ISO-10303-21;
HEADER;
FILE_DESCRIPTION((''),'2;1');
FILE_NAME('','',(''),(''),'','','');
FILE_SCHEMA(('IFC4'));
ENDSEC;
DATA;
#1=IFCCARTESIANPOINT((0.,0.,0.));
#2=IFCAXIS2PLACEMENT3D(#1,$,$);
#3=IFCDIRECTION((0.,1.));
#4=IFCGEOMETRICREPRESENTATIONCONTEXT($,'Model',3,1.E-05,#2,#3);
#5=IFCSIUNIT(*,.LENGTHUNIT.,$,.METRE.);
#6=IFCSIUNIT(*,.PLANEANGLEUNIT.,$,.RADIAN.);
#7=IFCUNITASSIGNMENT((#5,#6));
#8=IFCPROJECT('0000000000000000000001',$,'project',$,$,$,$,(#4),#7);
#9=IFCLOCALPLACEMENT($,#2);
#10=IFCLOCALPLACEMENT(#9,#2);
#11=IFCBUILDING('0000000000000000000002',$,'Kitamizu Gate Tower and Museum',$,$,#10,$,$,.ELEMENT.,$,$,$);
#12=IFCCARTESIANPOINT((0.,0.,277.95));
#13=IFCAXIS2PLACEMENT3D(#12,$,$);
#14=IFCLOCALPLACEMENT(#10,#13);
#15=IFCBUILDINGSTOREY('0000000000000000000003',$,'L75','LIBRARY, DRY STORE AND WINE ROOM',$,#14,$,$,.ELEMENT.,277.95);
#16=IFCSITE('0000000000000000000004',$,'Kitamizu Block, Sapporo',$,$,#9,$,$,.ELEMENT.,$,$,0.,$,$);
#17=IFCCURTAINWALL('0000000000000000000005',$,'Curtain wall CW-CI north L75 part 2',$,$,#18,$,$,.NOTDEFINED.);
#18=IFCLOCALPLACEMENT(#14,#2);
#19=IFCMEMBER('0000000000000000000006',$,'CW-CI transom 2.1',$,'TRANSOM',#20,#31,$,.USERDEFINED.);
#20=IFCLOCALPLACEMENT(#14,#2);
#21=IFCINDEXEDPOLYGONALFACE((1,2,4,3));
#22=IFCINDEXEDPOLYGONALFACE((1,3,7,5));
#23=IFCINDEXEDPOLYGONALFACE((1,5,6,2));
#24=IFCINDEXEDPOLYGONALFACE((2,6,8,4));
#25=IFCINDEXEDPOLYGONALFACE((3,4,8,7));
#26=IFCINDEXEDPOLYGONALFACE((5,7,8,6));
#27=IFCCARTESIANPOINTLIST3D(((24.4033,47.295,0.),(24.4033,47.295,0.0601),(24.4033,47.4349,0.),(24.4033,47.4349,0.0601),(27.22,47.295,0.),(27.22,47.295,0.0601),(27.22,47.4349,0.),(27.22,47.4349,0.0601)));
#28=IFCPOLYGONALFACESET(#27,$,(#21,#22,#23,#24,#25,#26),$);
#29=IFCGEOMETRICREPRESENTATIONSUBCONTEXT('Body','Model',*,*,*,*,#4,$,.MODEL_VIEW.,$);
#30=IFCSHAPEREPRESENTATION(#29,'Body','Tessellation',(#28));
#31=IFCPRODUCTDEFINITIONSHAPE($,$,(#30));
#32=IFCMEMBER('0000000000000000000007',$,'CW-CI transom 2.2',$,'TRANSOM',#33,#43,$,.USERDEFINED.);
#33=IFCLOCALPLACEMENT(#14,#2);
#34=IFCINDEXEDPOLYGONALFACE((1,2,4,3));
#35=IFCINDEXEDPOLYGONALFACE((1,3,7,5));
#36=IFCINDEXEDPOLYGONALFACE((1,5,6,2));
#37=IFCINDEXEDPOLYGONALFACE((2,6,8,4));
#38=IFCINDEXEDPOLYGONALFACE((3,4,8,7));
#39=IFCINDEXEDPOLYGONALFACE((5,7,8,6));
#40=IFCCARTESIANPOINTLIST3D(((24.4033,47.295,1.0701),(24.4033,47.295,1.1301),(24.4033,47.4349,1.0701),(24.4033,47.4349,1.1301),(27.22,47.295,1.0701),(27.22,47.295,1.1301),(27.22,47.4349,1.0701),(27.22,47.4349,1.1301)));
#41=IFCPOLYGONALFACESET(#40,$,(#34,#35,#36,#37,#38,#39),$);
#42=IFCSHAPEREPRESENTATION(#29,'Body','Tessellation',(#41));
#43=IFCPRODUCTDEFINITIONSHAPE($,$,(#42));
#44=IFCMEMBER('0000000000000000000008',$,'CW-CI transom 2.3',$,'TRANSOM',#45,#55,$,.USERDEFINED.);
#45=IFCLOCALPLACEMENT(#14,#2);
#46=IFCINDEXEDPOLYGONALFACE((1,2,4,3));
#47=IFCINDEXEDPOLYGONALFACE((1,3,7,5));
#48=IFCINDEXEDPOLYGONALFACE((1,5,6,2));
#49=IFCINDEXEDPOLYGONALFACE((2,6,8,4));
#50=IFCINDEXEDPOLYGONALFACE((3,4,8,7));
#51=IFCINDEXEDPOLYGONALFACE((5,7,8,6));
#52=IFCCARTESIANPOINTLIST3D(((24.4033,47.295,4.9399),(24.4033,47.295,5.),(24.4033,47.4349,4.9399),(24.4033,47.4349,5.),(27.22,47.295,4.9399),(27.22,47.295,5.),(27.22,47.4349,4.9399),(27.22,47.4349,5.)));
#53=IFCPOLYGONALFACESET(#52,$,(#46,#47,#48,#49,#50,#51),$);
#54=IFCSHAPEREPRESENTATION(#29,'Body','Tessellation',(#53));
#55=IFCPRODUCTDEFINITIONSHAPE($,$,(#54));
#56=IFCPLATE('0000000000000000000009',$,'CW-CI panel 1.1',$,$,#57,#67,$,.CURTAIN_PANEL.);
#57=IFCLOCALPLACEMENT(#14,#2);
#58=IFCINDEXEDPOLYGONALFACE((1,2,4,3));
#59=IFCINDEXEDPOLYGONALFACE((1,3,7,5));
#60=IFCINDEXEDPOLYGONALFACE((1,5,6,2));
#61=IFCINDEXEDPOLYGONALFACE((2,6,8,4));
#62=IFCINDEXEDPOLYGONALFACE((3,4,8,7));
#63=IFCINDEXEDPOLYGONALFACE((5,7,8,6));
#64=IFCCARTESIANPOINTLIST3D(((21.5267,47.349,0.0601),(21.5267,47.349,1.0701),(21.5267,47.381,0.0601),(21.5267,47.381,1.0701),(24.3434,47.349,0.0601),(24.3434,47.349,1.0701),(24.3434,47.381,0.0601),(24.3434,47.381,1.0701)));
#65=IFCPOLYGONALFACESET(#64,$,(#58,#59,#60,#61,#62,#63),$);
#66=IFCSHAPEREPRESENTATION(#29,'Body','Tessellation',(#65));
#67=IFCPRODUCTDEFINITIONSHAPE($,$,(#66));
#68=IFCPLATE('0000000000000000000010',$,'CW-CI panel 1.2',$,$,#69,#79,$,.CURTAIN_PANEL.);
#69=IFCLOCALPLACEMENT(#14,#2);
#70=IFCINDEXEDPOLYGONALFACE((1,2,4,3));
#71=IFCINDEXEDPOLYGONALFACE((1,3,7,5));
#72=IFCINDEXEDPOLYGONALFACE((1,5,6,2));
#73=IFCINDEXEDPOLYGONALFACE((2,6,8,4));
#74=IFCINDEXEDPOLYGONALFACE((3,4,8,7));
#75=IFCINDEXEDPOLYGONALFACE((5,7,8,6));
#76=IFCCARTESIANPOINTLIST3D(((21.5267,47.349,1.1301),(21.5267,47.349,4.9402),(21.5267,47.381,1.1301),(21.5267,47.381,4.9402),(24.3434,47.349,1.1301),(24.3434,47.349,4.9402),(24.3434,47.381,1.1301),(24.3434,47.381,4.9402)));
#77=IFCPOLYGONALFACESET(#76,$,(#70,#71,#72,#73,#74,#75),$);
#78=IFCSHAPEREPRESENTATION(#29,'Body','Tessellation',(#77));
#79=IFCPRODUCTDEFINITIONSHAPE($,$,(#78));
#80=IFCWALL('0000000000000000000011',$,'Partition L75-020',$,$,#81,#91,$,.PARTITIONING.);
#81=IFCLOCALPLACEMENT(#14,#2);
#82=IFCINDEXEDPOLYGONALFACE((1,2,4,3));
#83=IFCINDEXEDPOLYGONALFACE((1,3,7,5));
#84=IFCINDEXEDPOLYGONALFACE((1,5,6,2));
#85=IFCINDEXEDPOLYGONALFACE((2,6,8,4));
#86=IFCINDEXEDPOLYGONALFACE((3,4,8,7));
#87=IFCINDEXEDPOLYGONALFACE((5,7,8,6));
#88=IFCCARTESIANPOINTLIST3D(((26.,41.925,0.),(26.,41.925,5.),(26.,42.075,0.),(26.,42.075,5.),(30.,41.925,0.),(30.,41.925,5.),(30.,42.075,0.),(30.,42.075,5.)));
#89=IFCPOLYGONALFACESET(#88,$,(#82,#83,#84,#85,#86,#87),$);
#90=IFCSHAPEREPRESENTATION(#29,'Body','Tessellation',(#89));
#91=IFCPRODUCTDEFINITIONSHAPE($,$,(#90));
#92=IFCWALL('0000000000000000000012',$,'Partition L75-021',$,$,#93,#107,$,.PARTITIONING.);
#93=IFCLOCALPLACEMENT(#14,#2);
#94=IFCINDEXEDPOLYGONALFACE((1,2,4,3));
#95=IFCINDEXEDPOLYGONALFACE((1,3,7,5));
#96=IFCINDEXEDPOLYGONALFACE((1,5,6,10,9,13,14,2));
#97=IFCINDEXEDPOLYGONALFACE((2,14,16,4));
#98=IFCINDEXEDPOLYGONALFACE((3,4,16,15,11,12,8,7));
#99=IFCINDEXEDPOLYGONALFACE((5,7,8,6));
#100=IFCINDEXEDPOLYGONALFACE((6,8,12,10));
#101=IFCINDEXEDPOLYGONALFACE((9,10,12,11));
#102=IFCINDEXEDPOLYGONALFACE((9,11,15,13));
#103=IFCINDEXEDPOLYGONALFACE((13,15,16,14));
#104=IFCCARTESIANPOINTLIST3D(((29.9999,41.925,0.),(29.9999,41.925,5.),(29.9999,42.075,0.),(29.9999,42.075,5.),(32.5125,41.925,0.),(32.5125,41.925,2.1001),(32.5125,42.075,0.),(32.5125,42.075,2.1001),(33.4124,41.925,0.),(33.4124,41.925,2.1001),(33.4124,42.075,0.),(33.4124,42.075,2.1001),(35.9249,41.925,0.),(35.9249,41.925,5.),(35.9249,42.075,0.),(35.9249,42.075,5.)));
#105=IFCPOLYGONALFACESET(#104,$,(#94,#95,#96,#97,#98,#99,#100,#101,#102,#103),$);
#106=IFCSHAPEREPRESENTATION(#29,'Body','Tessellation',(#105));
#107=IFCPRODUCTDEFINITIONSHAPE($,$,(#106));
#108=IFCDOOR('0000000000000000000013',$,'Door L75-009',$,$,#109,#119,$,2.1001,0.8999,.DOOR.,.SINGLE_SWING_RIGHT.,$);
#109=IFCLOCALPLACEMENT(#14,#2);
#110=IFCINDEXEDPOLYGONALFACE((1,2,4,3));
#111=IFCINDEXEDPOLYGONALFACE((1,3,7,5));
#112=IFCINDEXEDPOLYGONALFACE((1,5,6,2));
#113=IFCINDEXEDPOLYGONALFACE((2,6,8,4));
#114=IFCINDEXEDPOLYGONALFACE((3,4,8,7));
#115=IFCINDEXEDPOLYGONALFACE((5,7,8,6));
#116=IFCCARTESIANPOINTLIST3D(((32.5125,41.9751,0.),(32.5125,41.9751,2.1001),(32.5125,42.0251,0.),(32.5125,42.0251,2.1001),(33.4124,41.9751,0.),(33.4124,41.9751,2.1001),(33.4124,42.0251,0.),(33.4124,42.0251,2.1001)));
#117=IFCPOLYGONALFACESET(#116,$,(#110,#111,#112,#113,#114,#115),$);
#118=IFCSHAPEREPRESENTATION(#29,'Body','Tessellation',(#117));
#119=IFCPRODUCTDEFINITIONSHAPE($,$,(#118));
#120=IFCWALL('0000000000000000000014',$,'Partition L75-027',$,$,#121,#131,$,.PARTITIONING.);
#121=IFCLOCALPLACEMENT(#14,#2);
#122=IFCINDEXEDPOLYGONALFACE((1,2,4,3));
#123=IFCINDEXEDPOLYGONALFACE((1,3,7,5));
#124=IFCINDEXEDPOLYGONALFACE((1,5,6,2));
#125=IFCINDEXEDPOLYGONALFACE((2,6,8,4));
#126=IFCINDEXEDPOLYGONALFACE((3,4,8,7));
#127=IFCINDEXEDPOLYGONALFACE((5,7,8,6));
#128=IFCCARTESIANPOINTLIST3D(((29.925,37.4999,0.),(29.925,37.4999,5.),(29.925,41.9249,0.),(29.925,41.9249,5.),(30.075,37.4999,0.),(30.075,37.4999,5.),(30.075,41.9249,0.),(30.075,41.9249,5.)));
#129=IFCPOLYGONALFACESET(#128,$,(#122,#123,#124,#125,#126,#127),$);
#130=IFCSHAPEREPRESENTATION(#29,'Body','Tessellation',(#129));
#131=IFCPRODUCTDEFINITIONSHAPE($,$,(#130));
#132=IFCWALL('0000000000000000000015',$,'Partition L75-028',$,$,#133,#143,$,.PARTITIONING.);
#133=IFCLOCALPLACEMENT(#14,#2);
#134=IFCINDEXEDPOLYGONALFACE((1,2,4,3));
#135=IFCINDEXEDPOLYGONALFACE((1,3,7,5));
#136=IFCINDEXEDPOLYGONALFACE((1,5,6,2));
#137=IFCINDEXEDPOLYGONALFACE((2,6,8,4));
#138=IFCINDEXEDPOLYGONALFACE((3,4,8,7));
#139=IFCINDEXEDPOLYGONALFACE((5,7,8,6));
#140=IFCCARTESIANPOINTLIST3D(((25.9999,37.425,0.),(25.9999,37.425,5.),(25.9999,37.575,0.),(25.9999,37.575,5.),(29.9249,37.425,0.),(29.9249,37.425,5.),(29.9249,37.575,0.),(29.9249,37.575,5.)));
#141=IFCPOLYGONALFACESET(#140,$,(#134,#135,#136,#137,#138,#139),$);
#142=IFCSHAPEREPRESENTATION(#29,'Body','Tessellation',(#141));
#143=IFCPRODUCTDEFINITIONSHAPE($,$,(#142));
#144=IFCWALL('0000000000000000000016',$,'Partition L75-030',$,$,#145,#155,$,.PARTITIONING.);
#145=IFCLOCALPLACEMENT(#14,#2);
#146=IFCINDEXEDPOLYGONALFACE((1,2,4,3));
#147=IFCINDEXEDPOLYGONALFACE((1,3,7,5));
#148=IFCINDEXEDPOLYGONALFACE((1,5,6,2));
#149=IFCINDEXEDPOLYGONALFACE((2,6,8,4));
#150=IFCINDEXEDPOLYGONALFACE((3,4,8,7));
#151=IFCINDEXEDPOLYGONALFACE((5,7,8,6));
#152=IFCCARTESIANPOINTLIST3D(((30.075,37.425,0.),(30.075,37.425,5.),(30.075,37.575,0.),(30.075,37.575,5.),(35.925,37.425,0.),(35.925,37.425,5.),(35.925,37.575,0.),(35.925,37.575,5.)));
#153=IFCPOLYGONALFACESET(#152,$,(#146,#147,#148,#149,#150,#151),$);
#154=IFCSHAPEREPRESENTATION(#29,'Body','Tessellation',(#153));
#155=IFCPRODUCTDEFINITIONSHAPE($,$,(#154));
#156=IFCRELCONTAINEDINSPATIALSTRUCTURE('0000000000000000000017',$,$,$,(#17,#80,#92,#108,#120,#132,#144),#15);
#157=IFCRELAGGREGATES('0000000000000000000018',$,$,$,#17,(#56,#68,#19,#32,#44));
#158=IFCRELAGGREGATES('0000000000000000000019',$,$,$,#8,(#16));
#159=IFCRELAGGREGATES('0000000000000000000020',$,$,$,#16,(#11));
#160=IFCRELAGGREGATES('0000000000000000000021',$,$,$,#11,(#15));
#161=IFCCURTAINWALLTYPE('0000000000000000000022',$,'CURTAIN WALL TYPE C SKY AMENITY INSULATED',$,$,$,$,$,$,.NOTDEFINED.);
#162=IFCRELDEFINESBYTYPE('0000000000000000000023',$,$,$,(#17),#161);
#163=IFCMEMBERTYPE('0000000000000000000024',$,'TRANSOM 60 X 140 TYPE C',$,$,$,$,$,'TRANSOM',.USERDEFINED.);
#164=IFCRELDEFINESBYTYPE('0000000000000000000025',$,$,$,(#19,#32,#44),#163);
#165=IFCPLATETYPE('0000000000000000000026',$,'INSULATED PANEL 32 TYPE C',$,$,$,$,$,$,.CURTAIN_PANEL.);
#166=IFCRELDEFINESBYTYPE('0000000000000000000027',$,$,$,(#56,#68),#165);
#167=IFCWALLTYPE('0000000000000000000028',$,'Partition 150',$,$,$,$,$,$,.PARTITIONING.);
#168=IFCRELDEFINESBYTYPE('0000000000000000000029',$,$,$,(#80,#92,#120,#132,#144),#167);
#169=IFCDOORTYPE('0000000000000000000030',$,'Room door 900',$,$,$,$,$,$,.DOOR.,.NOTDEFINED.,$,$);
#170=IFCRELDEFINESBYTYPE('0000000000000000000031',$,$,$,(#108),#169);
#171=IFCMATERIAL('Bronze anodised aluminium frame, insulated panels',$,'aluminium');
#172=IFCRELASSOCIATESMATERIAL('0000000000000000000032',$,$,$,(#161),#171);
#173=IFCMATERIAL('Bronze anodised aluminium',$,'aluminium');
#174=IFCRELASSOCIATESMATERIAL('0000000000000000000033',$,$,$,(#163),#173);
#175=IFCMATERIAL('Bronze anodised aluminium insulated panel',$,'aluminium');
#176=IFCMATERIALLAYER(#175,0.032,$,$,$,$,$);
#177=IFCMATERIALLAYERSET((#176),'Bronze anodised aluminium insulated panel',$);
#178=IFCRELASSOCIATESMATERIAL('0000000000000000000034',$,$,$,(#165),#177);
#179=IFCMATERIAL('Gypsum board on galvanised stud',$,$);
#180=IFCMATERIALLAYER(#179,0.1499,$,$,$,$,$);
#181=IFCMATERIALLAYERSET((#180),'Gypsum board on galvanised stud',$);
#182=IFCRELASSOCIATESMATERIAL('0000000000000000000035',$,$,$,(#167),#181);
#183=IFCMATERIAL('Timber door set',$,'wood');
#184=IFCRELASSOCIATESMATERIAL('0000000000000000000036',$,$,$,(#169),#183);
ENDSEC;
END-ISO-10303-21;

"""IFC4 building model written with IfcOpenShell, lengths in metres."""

from ifc_helpers import new_model, si_unit, direction, frame, frame_2d, origin, origin_2d, place, context, subcontext, project, spatial, rectangle, extrude, material, layer, layer_set, material_profile, profile_set, type_object, element, fill, aggregate, save


model = new_model("IFC4")

# Units and contexts
model_context = context("Model", 3, precision=1e-05, world=origin(), true_north=direction((0.0, 1.0)))
body_context = subcontext(model_context, "Body", "Model", "MODEL_VIEW")
ifc_project = project(units=[si_unit("LENGTHUNIT", "METRE"), si_unit("PLANEANGLEUNIT", "RADIAN")], contexts=[model_context])

# Site, building, storey
site_placement = place(None, origin())
site = spatial("IfcSite", under=ifc_project, at=site_placement, Name="Kitamizu Block, Sapporo", CompositionType="ELEMENT", RefElevation=0.0)
building_placement = place(site_placement, origin())
building = spatial("IfcBuilding", under=site, at=building_placement, Name="Kitamizu Gate Tower and Museum", CompositionType="ELEMENT")
storey_placement = place(building_placement, frame((0.0, 0.0, 277.95)))
storey = spatial("IfcBuildingStorey", under=building, at=storey_placement, Name="L75", Description="LIBRARY, DRY STORE AND WINE ROOM", CompositionType="ELEMENT", Elevation=277.95)

# Curtain wall, members, plates
ifc_material_1 = material(Name="Bronze anodised aluminium frame, insulated panels", Category="aluminium")
curtain_wall_type = type_object("IfcCurtainWallType", Name="CURTAIN WALL TYPE C SKY AMENITY INSULATED", PredefinedType="NOTDEFINED", material=ifc_material_1)
curtain_wall_placement = place(storey_placement, origin())
curtain_wall = element("IfcCurtainWall", 1, at=curtain_wall_placement, inside=storey, type_object=curtain_wall_type, Name="Curtain wall CW-CI north L75 part 2", PredefinedType="NOTDEFINED")
ifc_material_2 = material(Name="Bronze anodised aluminium", Category="aluminium")
ifc_material_profile_1 = material_profile(ifc_material_2, rectangle(XDim=0.1399, YDim=0.0601, at=origin_2d()), Name="AL 60X140")
ifc_profile_set_1 = profile_set([ifc_material_profile_1], Name="Bronze anodised aluminium")
member_type_1 = type_object("IfcMemberType", Name="TRANSOM 60 X 140 TYPE C", ElementType="TRANSOM", PredefinedType="USERDEFINED", material=ifc_profile_set_1)
member_1_placement = place(storey_placement, frame((24.4033, 47.365, 0.03), z_axis=(1.0, 0.0, 0.0), x_axis=(0.0, 1.0, 0.0)))
member_1 = element("IfcMember", 2, at=member_1_placement, type_object=member_type_1, Name="CW-CI transom 2.1", ObjectType="TRANSOM", PredefinedType="USERDEFINED", context=body_context, shape_type="SweptSolid", body=[
    extrude(rectangle(XDim=0.1399, YDim=0.0601, at=origin_2d()), origin(), (0.0, 0.0, 1.0), 2.8167),
])
member_2_placement = place(storey_placement, frame((24.4033, 47.365, 1.1001), z_axis=(1.0, 0.0, 0.0), x_axis=(0.0, 1.0, 0.0)))
member_2 = element("IfcMember", 3, at=member_2_placement, type_object=member_type_1, Name="CW-CI transom 2.2", ObjectType="TRANSOM", PredefinedType="USERDEFINED", context=body_context, shape_type="SweptSolid", body=[
    extrude(rectangle(XDim=0.1399, YDim=0.0601, at=origin_2d()), origin(), (0.0, 0.0, 1.0), 2.8167),
])
member_3_placement = place(storey_placement, frame((24.4033, 47.365, 4.97), z_axis=(1.0, 0.0, 0.0), x_axis=(0.0, 1.0, 0.0)))
member_3 = element("IfcMember", 4, at=member_3_placement, type_object=member_type_1, Name="CW-CI transom 2.3", ObjectType="TRANSOM", PredefinedType="USERDEFINED", context=body_context, shape_type="SweptSolid", body=[
    extrude(rectangle(XDim=0.1399, YDim=0.0601, at=origin_2d()), origin(), (0.0, 0.0, 1.0), 2.8167),
])
ifc_material_3 = material(Name="Bronze anodised aluminium insulated panel", Category="aluminium")
ifc_layer_1 = layer(ifc_material_3, 0.032)
ifc_layer_set_1 = layer_set([ifc_layer_1], Name="Bronze anodised aluminium insulated panel")
plate_type = type_object("IfcPlateType", Name="INSULATED PANEL 32 TYPE C", PredefinedType="CURTAIN_PANEL", material=ifc_layer_set_1)
plate_1_placement = place(storey_placement, frame((22.9351, 47.365, 0.0601), z_axis=(0.0, 0.0, 1.0), x_axis=(1.0, 0.0, 0.0)))
plate_1 = element("IfcPlate", 5, at=plate_1_placement, type_object=plate_type, Name="CW-CI panel 1.1", PredefinedType="CURTAIN_PANEL", context=body_context, shape_type="SweptSolid", body=[
    extrude(rectangle(XDim=2.8167, YDim=0.032, at=origin_2d()), origin(), (0.0, 0.0, 1.0), 1.01),
])
plate_2_placement = place(storey_placement, frame((22.9351, 47.365, 1.1301), z_axis=(0.0, 0.0, 1.0), x_axis=(1.0, 0.0, 0.0)))
plate_2 = element("IfcPlate", 6, at=plate_2_placement, type_object=plate_type, Name="CW-CI panel 1.2", PredefinedType="CURTAIN_PANEL", context=body_context, shape_type="SweptSolid", body=[
    extrude(rectangle(XDim=2.8167, YDim=0.032, at=origin_2d()), origin(), (0.0, 0.0, 1.0), 3.8101),
])
aggregate(curtain_wall, [plate_1, plate_2, member_1, member_2, member_3])

# Wall
ifc_material_4 = material(Name="Gypsum board on galvanised stud")
ifc_layer_2 = layer(ifc_material_4, 0.1499)
ifc_layer_set_2 = layer_set([ifc_layer_2], Name="Gypsum board on galvanised stud")
wall_type_1 = type_object("IfcWallType", Name="Partition 150", PredefinedType="PARTITIONING", material=ifc_layer_set_2)
wall_1_placement = place(storey_placement, frame((26.0, 42.0, 0.0), z_axis=(0.0, 0.0, 1.0), x_axis=(1.0, 0.0, 0.0)))
element("IfcWall", 7, at=wall_1_placement, inside=storey, type_object=wall_type_1, Name="Partition L75-020", PredefinedType="PARTITIONING", context=body_context, shape_type="SweptSolid", body=[
    extrude(rectangle(XDim=4.0, YDim=0.1499, at=frame_2d((2.0, 0.0))), origin(), (0.0, 0.0, 1.0), 5.0),
])

# Wall, opening, door
wall_2_placement = place(storey_placement, frame((30.0, 42.0, 0.0), z_axis=(0.0, 0.0, 1.0), x_axis=(1.0, 0.0, 0.0)))
wall_2 = element("IfcWall", 8, at=wall_2_placement, inside=storey, type_object=wall_type_1, Name="Partition L75-021", PredefinedType="PARTITIONING", context=body_context, shape_type="SweptSolid", body=[
    extrude(rectangle(XDim=5.925, YDim=0.1499, at=frame_2d((2.9624, 0.0))), origin(), (0.0, 0.0, 1.0), 5.0),
])
opening_1_placement = place(wall_2_placement, frame((2.5125, 0.0, 0.0)))
opening_1 = element("IfcOpeningElement", 9, at=opening_1_placement, cuts=wall_2, PredefinedType="OPENING", context=body_context, shape_type="SweptSolid", body=[
    extrude(rectangle(XDim=0.8999, YDim=2.1001, at=frame_2d((0.45, 1.05))), frame((0.0, 0.085, 0.0), z_axis=(0.0, -1.0, 0.0), x_axis=(1.0, 0.0, 0.0)), (0.0, 0.0, 1.0), 0.1699),
])
ifc_material_5 = material(Name="Timber door set", Category="wood")
door_type_1 = type_object("IfcDoorType", Name="Room door 900", OperationType="NOTDEFINED", PredefinedType="DOOR", material=ifc_material_5)
door_1_placement = place(opening_1_placement, frame((0.8999, 0.0, 0.0), x_axis=(-1.0, 0.0, 0.0)))
door_1 = element("IfcDoor", 10, at=door_1_placement, inside=storey, type_object=door_type_1, Name="Door L75-009", OperationType="SINGLE_SWING_RIGHT", OverallHeight=2.1001, OverallWidth=0.8999, PredefinedType="DOOR", context=body_context, shape_type="SweptSolid", body=[
    extrude(rectangle(XDim=0.8999, YDim=2.1001, at=frame_2d((0.45, 1.05))), frame((0.0, 0.0249, 0.0), z_axis=(0.0, -1.0, 0.0), x_axis=(1.0, 0.0, 0.0)), (0.0, 0.0, 1.0), 0.05),
])
fill(opening_1, door_1)

# Walls
wall_3_placement = place(storey_placement, frame((30.0, 37.5, 0.0), z_axis=(0.0, 0.0, 1.0), x_axis=(0.0, 1.0, 0.0)))
element("IfcWall", 11, at=wall_3_placement, inside=storey, type_object=wall_type_1, Name="Partition L75-027", PredefinedType="PARTITIONING", context=body_context, shape_type="SweptSolid", body=[
    extrude(rectangle(XDim=4.425, YDim=0.1499, at=frame_2d((2.2124, 0.0))), origin(), (0.0, 0.0, 1.0), 5.0),
])
wall_4_placement = place(storey_placement, frame((26.0, 37.5, 0.0), z_axis=(0.0, 0.0, 1.0), x_axis=(1.0, 0.0, 0.0)))
element("IfcWall", 12, at=wall_4_placement, inside=storey, type_object=wall_type_1, Name="Partition L75-028", PredefinedType="PARTITIONING", context=body_context, shape_type="SweptSolid", body=[
    extrude(rectangle(XDim=3.925, YDim=0.1499, at=frame_2d((1.9624, 0.0))), origin(), (0.0, 0.0, 1.0), 5.0),
])
wall_5_placement = place(storey_placement, frame((30.075, 37.5, 0.0), z_axis=(0.0, 0.0, 1.0), x_axis=(1.0, 0.0, 0.0)))
element("IfcWall", 13, at=wall_5_placement, inside=storey, type_object=wall_type_1, Name="Partition L75-030", PredefinedType="PARTITIONING", context=body_context, shape_type="SweptSolid", body=[
    extrude(rectangle(XDim=5.8501, YDim=0.1499, at=frame_2d((2.925, 0.0))), origin(), (0.0, 0.0, 1.0), 5.0),
])

save(model, "model.ifc")
